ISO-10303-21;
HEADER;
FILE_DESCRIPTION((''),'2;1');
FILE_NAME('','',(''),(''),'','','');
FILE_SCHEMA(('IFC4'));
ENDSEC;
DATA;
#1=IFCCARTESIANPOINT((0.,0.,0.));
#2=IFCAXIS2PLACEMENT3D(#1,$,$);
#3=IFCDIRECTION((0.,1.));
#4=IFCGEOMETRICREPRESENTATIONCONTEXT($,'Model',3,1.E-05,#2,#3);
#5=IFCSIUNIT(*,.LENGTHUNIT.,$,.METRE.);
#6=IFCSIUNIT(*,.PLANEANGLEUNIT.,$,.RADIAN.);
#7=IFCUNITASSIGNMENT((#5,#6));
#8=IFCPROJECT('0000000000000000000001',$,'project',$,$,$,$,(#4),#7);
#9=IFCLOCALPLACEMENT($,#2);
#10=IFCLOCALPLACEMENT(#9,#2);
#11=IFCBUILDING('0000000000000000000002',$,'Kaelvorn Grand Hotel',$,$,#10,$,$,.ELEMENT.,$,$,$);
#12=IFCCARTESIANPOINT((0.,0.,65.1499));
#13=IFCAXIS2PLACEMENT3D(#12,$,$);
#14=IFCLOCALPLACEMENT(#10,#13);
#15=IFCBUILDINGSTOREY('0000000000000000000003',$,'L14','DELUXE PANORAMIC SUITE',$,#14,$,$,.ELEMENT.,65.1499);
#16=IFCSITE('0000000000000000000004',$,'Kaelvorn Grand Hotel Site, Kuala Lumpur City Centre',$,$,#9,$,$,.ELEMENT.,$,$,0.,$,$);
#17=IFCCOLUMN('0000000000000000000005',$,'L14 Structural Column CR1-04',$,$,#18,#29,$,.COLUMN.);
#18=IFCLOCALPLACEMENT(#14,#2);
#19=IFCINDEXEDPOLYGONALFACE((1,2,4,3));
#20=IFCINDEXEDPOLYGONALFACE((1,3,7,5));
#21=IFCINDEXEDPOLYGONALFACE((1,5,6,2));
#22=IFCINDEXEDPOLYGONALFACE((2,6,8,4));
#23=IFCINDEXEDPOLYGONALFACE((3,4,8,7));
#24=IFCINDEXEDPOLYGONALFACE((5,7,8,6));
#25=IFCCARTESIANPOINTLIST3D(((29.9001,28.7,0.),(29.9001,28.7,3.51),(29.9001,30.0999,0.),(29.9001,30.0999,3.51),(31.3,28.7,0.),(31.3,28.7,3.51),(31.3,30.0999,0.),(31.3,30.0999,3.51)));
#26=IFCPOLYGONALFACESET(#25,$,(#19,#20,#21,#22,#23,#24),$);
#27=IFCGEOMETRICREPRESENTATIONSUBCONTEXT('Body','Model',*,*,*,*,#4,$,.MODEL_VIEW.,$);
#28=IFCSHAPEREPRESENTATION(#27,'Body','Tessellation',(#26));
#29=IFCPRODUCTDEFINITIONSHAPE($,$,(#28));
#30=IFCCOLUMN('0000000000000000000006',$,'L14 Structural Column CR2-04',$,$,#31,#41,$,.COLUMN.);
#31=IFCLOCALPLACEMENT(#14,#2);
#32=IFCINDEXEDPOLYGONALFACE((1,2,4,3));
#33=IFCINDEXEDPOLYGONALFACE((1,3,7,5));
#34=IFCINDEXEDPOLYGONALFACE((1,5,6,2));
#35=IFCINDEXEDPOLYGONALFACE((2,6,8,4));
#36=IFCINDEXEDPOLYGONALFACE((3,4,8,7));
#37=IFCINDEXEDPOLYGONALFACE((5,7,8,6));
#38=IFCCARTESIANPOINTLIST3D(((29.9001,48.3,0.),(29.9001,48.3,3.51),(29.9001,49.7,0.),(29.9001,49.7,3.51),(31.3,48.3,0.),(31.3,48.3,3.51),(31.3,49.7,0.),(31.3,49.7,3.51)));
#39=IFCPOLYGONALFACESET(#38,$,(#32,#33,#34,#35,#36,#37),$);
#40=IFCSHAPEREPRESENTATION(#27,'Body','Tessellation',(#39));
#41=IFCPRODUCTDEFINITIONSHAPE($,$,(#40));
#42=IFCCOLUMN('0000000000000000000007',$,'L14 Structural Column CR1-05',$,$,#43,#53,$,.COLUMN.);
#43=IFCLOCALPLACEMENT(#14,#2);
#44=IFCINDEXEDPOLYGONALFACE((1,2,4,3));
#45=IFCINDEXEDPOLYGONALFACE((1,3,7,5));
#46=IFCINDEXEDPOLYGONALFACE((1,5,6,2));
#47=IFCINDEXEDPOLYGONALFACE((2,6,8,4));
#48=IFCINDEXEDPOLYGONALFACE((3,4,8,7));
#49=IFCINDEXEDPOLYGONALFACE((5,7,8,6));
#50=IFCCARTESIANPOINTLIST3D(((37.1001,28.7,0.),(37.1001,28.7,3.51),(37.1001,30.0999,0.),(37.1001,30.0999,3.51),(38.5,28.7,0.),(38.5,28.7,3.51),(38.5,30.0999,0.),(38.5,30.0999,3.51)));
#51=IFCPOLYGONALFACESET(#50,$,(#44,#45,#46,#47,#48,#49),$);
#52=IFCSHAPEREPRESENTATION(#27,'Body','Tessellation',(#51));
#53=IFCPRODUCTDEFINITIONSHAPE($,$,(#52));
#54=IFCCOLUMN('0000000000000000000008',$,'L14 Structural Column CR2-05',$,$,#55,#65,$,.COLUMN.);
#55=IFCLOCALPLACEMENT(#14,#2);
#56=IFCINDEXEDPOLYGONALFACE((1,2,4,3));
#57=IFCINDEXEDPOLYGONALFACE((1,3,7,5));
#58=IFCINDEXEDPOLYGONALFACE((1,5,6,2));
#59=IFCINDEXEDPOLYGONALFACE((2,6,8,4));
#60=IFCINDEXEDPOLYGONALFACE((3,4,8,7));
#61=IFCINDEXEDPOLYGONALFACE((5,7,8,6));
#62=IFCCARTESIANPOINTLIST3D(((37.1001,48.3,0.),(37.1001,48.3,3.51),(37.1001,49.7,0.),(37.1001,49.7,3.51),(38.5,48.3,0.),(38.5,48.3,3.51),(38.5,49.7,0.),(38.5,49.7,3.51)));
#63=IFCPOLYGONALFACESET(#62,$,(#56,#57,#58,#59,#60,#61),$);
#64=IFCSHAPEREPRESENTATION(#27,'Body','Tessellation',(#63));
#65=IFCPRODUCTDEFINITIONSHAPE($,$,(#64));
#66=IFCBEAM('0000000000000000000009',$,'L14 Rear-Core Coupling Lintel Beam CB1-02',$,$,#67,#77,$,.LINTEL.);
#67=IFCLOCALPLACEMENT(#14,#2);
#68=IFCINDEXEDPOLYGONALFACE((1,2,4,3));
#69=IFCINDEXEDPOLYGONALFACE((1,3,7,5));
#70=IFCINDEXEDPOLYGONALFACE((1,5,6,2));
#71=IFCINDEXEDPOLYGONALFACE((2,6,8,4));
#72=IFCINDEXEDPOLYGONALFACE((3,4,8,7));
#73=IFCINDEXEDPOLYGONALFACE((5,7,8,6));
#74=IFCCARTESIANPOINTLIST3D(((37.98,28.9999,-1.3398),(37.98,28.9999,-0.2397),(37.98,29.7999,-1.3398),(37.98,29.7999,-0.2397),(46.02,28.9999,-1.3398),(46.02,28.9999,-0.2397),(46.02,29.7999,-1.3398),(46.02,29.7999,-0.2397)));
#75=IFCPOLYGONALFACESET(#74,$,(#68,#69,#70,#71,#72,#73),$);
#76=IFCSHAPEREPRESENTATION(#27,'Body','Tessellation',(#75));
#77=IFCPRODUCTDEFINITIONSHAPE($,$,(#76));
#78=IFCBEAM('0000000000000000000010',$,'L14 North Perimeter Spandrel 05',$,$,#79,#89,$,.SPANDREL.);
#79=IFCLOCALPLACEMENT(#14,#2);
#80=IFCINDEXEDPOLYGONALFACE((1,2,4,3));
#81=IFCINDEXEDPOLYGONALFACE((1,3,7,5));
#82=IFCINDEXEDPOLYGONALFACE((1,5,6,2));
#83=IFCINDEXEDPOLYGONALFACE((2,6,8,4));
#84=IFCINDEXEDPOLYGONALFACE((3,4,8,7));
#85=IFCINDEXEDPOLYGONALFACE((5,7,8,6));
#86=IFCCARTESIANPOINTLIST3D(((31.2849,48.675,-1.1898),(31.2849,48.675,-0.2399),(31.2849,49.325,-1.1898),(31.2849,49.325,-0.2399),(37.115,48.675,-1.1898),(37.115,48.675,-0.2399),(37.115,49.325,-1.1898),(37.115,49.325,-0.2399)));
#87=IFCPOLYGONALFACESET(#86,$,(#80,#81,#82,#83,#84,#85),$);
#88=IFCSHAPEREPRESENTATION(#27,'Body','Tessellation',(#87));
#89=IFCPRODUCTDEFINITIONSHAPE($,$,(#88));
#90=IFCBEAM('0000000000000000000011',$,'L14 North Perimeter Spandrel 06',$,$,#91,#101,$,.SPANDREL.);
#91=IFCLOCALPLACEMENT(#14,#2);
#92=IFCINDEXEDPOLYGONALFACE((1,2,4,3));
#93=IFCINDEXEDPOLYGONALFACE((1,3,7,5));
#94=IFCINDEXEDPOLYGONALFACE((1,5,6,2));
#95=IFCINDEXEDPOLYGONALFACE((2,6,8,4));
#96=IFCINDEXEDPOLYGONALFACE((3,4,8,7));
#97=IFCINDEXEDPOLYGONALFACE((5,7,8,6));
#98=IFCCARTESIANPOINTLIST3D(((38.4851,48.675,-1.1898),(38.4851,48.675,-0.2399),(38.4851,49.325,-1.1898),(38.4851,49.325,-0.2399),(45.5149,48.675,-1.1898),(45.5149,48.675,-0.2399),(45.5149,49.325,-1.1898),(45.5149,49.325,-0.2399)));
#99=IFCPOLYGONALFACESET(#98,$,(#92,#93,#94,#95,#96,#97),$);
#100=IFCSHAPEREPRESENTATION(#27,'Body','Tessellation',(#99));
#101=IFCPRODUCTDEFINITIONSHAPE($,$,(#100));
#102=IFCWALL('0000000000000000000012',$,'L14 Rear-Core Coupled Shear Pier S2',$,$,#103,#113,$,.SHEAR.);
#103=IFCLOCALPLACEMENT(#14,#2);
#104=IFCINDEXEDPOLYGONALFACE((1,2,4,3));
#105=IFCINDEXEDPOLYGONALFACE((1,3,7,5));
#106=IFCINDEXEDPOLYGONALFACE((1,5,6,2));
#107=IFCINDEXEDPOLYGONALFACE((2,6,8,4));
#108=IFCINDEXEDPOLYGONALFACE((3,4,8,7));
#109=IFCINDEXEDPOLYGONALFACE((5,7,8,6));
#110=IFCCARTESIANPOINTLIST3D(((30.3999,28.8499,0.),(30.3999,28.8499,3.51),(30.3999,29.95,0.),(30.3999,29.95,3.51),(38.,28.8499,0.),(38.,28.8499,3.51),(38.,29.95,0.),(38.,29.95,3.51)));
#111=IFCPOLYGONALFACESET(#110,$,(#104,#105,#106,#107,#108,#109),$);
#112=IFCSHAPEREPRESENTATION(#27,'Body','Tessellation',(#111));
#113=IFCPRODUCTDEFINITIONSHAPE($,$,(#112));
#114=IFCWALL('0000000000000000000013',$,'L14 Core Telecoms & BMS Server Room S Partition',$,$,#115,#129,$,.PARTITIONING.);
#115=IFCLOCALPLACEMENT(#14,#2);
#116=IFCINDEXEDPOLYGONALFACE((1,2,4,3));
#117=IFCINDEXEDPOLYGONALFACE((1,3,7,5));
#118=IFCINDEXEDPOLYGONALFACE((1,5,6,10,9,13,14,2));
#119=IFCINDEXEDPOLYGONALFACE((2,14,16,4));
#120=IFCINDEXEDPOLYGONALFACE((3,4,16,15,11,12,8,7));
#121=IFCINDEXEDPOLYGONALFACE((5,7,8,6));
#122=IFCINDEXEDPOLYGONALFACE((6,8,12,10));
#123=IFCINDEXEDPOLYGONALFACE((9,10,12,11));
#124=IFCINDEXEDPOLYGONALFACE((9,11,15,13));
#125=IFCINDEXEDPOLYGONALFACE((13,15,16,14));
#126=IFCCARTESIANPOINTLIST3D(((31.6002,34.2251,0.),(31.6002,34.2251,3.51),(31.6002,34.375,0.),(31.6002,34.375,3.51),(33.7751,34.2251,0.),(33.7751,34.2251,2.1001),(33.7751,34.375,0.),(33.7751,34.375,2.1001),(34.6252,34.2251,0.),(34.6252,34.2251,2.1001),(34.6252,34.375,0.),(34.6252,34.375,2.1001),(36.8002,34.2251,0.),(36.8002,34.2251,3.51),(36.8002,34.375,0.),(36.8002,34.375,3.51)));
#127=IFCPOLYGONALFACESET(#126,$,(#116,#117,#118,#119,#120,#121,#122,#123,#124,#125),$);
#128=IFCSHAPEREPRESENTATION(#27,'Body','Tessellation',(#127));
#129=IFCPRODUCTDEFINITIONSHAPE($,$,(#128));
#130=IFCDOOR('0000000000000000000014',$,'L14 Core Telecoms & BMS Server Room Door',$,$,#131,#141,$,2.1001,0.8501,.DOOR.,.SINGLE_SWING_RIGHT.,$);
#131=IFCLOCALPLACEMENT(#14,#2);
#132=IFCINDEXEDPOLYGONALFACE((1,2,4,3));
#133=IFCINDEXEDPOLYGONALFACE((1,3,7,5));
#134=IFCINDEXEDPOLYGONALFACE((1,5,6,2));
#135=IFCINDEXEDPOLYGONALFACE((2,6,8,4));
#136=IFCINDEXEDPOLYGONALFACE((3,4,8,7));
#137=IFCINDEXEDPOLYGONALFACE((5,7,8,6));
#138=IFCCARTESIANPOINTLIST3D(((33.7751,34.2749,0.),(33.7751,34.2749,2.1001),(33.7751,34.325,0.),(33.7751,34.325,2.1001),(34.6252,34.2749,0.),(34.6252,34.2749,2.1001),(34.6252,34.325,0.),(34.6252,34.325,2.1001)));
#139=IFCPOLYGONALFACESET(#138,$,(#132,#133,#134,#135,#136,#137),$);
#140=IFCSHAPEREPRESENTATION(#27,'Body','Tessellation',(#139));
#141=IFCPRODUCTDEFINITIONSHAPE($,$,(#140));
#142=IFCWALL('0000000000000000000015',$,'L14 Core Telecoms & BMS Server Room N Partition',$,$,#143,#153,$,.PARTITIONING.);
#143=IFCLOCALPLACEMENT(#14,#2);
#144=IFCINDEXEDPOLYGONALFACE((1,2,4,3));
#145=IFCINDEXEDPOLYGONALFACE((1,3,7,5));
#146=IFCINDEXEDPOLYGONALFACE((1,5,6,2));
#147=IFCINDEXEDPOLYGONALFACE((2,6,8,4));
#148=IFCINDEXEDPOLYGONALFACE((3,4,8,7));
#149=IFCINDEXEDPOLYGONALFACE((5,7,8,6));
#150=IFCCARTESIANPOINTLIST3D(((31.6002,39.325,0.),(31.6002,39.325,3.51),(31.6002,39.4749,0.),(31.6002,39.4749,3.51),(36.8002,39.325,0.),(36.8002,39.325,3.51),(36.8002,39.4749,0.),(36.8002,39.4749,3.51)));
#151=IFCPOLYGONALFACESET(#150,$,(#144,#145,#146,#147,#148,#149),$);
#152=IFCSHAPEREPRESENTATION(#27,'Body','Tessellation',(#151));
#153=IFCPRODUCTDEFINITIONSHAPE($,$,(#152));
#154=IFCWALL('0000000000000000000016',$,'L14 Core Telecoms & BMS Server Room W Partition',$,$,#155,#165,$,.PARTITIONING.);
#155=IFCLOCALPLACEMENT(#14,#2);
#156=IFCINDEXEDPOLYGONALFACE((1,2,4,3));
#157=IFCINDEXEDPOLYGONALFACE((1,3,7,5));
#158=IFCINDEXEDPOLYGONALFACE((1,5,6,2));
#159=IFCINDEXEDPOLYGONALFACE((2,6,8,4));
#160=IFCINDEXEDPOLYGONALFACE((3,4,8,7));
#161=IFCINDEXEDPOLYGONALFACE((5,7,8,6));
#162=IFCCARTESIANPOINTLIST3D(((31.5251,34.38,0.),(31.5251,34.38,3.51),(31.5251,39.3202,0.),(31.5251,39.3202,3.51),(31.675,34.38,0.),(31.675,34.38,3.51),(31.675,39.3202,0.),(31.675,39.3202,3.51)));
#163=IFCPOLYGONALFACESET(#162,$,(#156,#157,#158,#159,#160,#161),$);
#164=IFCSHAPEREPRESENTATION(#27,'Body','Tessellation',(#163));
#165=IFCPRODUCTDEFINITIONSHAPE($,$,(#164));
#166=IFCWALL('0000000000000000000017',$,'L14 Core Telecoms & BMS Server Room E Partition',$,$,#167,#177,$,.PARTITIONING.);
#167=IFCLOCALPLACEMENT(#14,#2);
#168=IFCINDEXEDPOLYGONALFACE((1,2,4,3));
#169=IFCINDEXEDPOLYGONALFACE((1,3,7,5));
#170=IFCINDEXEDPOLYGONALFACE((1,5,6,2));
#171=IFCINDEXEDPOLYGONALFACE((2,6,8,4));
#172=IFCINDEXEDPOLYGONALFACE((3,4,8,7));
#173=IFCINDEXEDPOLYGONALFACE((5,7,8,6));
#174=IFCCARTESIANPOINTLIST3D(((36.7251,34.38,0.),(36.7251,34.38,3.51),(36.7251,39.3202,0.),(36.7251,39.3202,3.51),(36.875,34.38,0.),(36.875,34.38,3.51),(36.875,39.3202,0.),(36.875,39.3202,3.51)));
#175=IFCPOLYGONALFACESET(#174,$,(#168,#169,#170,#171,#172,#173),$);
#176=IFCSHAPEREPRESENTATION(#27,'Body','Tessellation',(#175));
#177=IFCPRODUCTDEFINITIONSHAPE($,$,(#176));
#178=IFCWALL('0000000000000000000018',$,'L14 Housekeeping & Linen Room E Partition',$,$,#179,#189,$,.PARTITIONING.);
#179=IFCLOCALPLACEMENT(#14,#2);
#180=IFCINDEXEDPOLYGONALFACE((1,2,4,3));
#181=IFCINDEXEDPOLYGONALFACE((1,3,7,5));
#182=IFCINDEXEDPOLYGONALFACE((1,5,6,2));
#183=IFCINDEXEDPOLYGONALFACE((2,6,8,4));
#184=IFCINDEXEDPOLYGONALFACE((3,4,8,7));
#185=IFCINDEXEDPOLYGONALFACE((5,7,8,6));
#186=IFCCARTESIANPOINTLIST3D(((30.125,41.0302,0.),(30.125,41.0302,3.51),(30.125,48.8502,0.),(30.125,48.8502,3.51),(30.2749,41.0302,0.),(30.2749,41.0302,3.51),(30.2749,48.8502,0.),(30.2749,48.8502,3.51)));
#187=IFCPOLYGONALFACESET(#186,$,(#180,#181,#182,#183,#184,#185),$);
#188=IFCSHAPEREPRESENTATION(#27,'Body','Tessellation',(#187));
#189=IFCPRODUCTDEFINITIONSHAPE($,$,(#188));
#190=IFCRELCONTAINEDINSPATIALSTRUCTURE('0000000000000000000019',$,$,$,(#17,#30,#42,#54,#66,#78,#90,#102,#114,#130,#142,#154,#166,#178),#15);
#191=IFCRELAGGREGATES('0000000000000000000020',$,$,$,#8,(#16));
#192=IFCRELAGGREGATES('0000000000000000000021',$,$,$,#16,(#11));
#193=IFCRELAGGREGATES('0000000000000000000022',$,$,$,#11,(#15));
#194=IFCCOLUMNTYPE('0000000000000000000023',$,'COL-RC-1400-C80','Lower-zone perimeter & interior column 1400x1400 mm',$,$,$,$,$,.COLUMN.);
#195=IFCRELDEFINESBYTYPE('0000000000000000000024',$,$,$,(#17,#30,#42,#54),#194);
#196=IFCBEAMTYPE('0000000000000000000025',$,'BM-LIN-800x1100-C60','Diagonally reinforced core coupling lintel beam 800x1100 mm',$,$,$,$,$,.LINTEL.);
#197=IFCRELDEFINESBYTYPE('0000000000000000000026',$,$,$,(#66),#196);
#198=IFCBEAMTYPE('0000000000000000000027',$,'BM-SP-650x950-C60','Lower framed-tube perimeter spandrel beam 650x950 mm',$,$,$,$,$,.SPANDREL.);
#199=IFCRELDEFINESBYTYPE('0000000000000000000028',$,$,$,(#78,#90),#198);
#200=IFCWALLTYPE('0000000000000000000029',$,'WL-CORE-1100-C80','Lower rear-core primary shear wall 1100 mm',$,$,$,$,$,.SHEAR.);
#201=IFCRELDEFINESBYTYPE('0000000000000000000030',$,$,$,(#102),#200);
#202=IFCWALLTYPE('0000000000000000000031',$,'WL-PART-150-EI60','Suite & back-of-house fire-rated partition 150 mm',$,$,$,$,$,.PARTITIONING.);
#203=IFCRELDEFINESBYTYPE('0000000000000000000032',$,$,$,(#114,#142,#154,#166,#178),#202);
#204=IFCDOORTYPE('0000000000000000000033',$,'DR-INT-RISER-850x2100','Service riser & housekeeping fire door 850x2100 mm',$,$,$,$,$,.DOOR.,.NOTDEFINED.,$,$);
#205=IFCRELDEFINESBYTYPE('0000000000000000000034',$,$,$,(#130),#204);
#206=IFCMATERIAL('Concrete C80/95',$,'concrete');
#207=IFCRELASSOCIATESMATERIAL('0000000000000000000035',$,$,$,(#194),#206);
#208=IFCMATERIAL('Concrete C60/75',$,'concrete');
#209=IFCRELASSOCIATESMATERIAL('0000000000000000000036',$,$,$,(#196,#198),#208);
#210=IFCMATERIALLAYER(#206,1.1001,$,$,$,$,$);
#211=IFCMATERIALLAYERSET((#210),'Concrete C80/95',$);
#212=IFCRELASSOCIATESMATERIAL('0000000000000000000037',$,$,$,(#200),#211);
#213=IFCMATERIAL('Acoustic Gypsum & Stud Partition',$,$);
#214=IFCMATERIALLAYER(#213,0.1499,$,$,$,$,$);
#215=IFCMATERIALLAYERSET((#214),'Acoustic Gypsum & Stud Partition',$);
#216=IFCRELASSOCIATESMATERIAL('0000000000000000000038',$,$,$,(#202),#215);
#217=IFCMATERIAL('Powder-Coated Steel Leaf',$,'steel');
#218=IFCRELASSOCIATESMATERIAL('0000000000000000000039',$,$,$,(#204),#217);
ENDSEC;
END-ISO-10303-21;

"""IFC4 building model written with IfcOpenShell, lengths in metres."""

from ifc_helpers import new_model, si_unit, direction, frame, frame_2d, origin, origin_2d, place, context, subcontext, project, spatial, rectangle, extrude, material, layer, layer_set, material_profile, profile_set, type_object, element, fill, save


model = new_model("IFC4")

# Units and contexts
model_context = context("Model", 3, precision=1e-05, world=origin(), true_north=direction((0.0, 1.0)))
body_context = subcontext(model_context, "Body", "Model", "MODEL_VIEW")
ifc_project = project(units=[si_unit("LENGTHUNIT", "METRE"), si_unit("PLANEANGLEUNIT", "RADIAN")], contexts=[model_context])

# Site, building, storey
site_placement = place(None, origin())
site = spatial("IfcSite", under=ifc_project, at=site_placement, Name="Kaelvorn Grand Hotel Site, Kuala Lumpur City Centre", CompositionType="ELEMENT", RefElevation=0.0)
building_placement = place(site_placement, origin())
building = spatial("IfcBuilding", under=site, at=building_placement, Name="Kaelvorn Grand Hotel", CompositionType="ELEMENT")
storey_placement = place(building_placement, frame((0.0, 0.0, 65.1499)))
storey = spatial("IfcBuildingStorey", under=building, at=storey_placement, Name="L14", Description="DELUXE PANORAMIC SUITE", CompositionType="ELEMENT", Elevation=65.1499)

# Columns
ifc_material_1 = material(Name="Concrete C80/95", Category="concrete")
ifc_material_profile_1 = material_profile(ifc_material_1, rectangle(XDim=1.3999, YDim=1.3999, at=origin_2d()), Name="RC COL 1400x1400")
ifc_profile_set_1 = profile_set([ifc_material_profile_1], Name="Concrete C80/95")
column_type = type_object("IfcColumnType", Name="COL-RC-1400-C80", Description="Lower-zone perimeter & interior column 1400x1400 mm", PredefinedType="COLUMN", material=ifc_profile_set_1)
for number, where, z_axis, x_axis, name in (
    (1, (30.6001, 29.3999, 0.0), (0.0, 0.0, 1.0), (1.0, 0.0, 0.0), "L14 Structural Column CR1-04"),
    (2, (30.6001, 49.0, 0.0), (0.0, 0.0, 1.0), (1.0, 0.0, 0.0), "L14 Structural Column CR2-04"),
    (3, (37.8, 29.3999, 0.0), (0.0, 0.0, 1.0), (1.0, 0.0, 0.0), "L14 Structural Column CR1-05"),
    (4, (37.8, 49.0, 0.0), (0.0, 0.0, 1.0), (1.0, 0.0, 0.0), "L14 Structural Column CR2-05"),
):
    element("IfcColumn", number, at=place(storey_placement, frame(where, z_axis=z_axis, x_axis=x_axis)), inside=storey, type_object=column_type, Name=name, PredefinedType="COLUMN", context=body_context, shape_type="SweptSolid", body=[
        extrude(rectangle(XDim=1.3999, YDim=1.3999, at=origin_2d()), origin(), (0.0, 0.0, 1.0), 3.51),
    ])

# Beams
ifc_material_2 = material(Name="Concrete C60/75", Category="concrete")
ifc_material_profile_2 = material_profile(ifc_material_2, rectangle(XDim=0.8, YDim=1.1001, at=origin_2d()), Name="RC LINTEL 800x1100")
ifc_profile_set_2 = profile_set([ifc_material_profile_2], Name="Concrete C60/75")
beam_type_1 = type_object("IfcBeamType", Name="BM-LIN-800x1100-C60", Description="Diagonally reinforced core coupling lintel beam 800x1100 mm", PredefinedType="LINTEL", material=ifc_profile_set_2)
beam_1_placement = place(storey_placement, frame((37.98, 29.3999, -0.7898), z_axis=(1.0, 0.0, 0.0), x_axis=(0.0, 1.0, 0.0)))
element("IfcBeam", 5, at=beam_1_placement, inside=storey, type_object=beam_type_1, Name="L14 Rear-Core Coupling Lintel Beam CB1-02", PredefinedType="LINTEL", context=body_context, shape_type="SweptSolid", body=[
    extrude(rectangle(XDim=0.8, YDim=1.1001, at=origin_2d()), origin(), (0.0, 0.0, 1.0), 8.04),
])
ifc_material_profile_3 = material_profile(ifc_material_2, rectangle(XDim=0.6499, YDim=0.95, at=origin_2d()), Name="RC SPANDREL 650x950")
ifc_profile_set_3 = profile_set([ifc_material_profile_3], Name="Concrete C60/75")
beam_type_2 = type_object("IfcBeamType", Name="BM-SP-650x950-C60", Description="Lower framed-tube perimeter spandrel beam 650x950 mm", PredefinedType="SPANDREL", material=ifc_profile_set_3)
beam_2_placement = place(storey_placement, frame((31.2849, 49.0, -0.7148), z_axis=(1.0, 0.0, 0.0), x_axis=(0.0, 1.0, 0.0)))
element("IfcBeam", 6, at=beam_2_placement, inside=storey, type_object=beam_type_2, Name="L14 North Perimeter Spandrel 05", PredefinedType="SPANDREL", context=body_context, shape_type="SweptSolid", body=[
    extrude(rectangle(XDim=0.6499, YDim=0.95, at=origin_2d()), origin(), (0.0, 0.0, 1.0), 5.8301),
])
beam_3_placement = place(storey_placement, frame((38.4851, 49.0, -0.7148), z_axis=(1.0, 0.0, 0.0), x_axis=(0.0, 1.0, 0.0)))
element("IfcBeam", 7, at=beam_3_placement, inside=storey, type_object=beam_type_2, Name="L14 North Perimeter Spandrel 06", PredefinedType="SPANDREL", context=body_context, shape_type="SweptSolid", body=[
    extrude(rectangle(XDim=0.6499, YDim=0.95, at=origin_2d()), origin(), (0.0, 0.0, 1.0), 7.0298),
])

# Wall
ifc_layer_1 = layer(ifc_material_1, 1.1001)
ifc_layer_set_1 = layer_set([ifc_layer_1], Name="Concrete C80/95")
wall_type_1 = type_object("IfcWallType", Name="WL-CORE-1100-C80", Description="Lower rear-core primary shear wall 1100 mm", PredefinedType="SHEAR", material=ifc_layer_set_1)
wall_1_placement = place(storey_placement, frame((30.3999, 29.3999, 0.0), z_axis=(0.0, 0.0, 1.0), x_axis=(1.0, 0.0, 0.0)))
element("IfcWall", 8, at=wall_1_placement, inside=storey, type_object=wall_type_1, Name="L14 Rear-Core Coupled Shear Pier S2", PredefinedType="SHEAR", context=body_context, shape_type="SweptSolid", body=[
    extrude(rectangle(XDim=7.6001, YDim=1.1001, at=frame_2d((3.8, 0.0))), origin(), (0.0, 0.0, 1.0), 3.51),
])

# Wall, opening, door
ifc_material_3 = material(Name="Acoustic Gypsum & Stud Partition")
ifc_layer_2 = layer(ifc_material_3, 0.1499)
ifc_layer_set_2 = layer_set([ifc_layer_2], Name="Acoustic Gypsum & Stud Partition")
wall_type_2 = type_object("IfcWallType", Name="WL-PART-150-EI60", Description="Suite & back-of-house fire-rated partition 150 mm", PredefinedType="PARTITIONING", material=ifc_layer_set_2)
wall_2_placement = place(storey_placement, frame((31.6001, 34.3, 0.0), z_axis=(0.0, 0.0, 1.0), x_axis=(1.0, 0.0, 0.0)))
wall_2 = element("IfcWall", 9, at=wall_2_placement, inside=storey, type_object=wall_type_2, Name="L14 Core Telecoms & BMS Server Room S Partition", PredefinedType="PARTITIONING", context=body_context, shape_type="SweptSolid", body=[
    extrude(rectangle(XDim=5.2, YDim=0.1499, at=frame_2d((2.6001, 0.0))), origin(), (0.0, 0.0, 1.0), 3.51),
])
opening_1_placement = place(wall_2_placement, frame((2.175, 0.0, 0.0)))
opening_1 = element("IfcOpeningElement", 10, at=opening_1_placement, cuts=wall_2, PredefinedType="OPENING", context=body_context, shape_type="SweptSolid", body=[
    extrude(rectangle(XDim=0.8501, YDim=2.1001, at=frame_2d((0.425, 1.05))), frame((0.0, 0.085, 0.0), z_axis=(0.0, -1.0, 0.0), x_axis=(1.0, 0.0, 0.0)), (0.0, 0.0, 1.0), 0.1699),
])
ifc_material_4 = material(Name="Powder-Coated Steel Leaf", Category="steel")
door_type_1 = type_object("IfcDoorType", Name="DR-INT-RISER-850x2100", Description="Service riser & housekeeping fire door 850x2100 mm", OperationType="NOTDEFINED", PredefinedType="DOOR", material=ifc_material_4)
door_1_placement = place(opening_1_placement, origin())
door_1 = element("IfcDoor", 11, at=door_1_placement, inside=storey, type_object=door_type_1, Name="L14 Core Telecoms & BMS Server Room Door", OperationType="SINGLE_SWING_RIGHT", OverallHeight=2.1001, OverallWidth=0.8501, PredefinedType="DOOR", context=body_context, shape_type="SweptSolid", body=[
    extrude(rectangle(XDim=0.8501, YDim=2.1001, at=frame_2d((0.425, 1.05))), frame((0.0, 0.0249, 0.0), z_axis=(0.0, -1.0, 0.0), x_axis=(1.0, 0.0, 0.0)), (0.0, 0.0, 1.0), 0.05),
])
fill(opening_1, door_1)

# Walls
wall_3_placement = place(storey_placement, frame((31.6001, 39.3999, 0.0), z_axis=(0.0, 0.0, 1.0), x_axis=(1.0, 0.0, 0.0)))
element("IfcWall", 12, at=wall_3_placement, inside=storey, type_object=wall_type_2, Name="L14 Core Telecoms & BMS Server Room N Partition", PredefinedType="PARTITIONING", context=body_context, shape_type="SweptSolid", body=[
    extrude(rectangle(XDim=5.2, YDim=0.1499, at=frame_2d((2.6001, 0.0))), origin(), (0.0, 0.0, 1.0), 3.51),
])
for number, where, z_axis, x_axis, name in (
    (13, (31.6001, 34.3799, 0.0), (0.0, 0.0, 1.0), (0.0, 1.0, 0.0), "L14 Core Telecoms & BMS Server Room W Partition"),
    (14, (36.8, 34.3799, 0.0), (0.0, 0.0, 1.0), (0.0, 1.0, 0.0), "L14 Core Telecoms & BMS Server Room E Partition"),
):
    element("IfcWall", number, at=place(storey_placement, frame(where, z_axis=z_axis, x_axis=x_axis)), inside=storey, type_object=wall_type_2, Name=name, PredefinedType="PARTITIONING", context=body_context, shape_type="SweptSolid", body=[
        extrude(rectangle(XDim=4.9402, YDim=0.1499, at=frame_2d((2.4702, 0.0))), origin(), (0.0, 0.0, 1.0), 3.51),
    ])
wall_4_placement = place(storey_placement, frame((30.2, 41.03, 0.0), z_axis=(0.0, 0.0, 1.0), x_axis=(0.0, 1.0, 0.0)))
element("IfcWall", 15, at=wall_4_placement, inside=storey, type_object=wall_type_2, Name="L14 Housekeeping & Linen Room E Partition", PredefinedType="PARTITIONING", context=body_context, shape_type="SweptSolid", body=[
    extrude(rectangle(XDim=7.8201, YDim=0.1499, at=frame_2d((3.9102, 0.0))), origin(), (0.0, 0.0, 1.0), 3.51),
])

save(model, "model.ifc")
